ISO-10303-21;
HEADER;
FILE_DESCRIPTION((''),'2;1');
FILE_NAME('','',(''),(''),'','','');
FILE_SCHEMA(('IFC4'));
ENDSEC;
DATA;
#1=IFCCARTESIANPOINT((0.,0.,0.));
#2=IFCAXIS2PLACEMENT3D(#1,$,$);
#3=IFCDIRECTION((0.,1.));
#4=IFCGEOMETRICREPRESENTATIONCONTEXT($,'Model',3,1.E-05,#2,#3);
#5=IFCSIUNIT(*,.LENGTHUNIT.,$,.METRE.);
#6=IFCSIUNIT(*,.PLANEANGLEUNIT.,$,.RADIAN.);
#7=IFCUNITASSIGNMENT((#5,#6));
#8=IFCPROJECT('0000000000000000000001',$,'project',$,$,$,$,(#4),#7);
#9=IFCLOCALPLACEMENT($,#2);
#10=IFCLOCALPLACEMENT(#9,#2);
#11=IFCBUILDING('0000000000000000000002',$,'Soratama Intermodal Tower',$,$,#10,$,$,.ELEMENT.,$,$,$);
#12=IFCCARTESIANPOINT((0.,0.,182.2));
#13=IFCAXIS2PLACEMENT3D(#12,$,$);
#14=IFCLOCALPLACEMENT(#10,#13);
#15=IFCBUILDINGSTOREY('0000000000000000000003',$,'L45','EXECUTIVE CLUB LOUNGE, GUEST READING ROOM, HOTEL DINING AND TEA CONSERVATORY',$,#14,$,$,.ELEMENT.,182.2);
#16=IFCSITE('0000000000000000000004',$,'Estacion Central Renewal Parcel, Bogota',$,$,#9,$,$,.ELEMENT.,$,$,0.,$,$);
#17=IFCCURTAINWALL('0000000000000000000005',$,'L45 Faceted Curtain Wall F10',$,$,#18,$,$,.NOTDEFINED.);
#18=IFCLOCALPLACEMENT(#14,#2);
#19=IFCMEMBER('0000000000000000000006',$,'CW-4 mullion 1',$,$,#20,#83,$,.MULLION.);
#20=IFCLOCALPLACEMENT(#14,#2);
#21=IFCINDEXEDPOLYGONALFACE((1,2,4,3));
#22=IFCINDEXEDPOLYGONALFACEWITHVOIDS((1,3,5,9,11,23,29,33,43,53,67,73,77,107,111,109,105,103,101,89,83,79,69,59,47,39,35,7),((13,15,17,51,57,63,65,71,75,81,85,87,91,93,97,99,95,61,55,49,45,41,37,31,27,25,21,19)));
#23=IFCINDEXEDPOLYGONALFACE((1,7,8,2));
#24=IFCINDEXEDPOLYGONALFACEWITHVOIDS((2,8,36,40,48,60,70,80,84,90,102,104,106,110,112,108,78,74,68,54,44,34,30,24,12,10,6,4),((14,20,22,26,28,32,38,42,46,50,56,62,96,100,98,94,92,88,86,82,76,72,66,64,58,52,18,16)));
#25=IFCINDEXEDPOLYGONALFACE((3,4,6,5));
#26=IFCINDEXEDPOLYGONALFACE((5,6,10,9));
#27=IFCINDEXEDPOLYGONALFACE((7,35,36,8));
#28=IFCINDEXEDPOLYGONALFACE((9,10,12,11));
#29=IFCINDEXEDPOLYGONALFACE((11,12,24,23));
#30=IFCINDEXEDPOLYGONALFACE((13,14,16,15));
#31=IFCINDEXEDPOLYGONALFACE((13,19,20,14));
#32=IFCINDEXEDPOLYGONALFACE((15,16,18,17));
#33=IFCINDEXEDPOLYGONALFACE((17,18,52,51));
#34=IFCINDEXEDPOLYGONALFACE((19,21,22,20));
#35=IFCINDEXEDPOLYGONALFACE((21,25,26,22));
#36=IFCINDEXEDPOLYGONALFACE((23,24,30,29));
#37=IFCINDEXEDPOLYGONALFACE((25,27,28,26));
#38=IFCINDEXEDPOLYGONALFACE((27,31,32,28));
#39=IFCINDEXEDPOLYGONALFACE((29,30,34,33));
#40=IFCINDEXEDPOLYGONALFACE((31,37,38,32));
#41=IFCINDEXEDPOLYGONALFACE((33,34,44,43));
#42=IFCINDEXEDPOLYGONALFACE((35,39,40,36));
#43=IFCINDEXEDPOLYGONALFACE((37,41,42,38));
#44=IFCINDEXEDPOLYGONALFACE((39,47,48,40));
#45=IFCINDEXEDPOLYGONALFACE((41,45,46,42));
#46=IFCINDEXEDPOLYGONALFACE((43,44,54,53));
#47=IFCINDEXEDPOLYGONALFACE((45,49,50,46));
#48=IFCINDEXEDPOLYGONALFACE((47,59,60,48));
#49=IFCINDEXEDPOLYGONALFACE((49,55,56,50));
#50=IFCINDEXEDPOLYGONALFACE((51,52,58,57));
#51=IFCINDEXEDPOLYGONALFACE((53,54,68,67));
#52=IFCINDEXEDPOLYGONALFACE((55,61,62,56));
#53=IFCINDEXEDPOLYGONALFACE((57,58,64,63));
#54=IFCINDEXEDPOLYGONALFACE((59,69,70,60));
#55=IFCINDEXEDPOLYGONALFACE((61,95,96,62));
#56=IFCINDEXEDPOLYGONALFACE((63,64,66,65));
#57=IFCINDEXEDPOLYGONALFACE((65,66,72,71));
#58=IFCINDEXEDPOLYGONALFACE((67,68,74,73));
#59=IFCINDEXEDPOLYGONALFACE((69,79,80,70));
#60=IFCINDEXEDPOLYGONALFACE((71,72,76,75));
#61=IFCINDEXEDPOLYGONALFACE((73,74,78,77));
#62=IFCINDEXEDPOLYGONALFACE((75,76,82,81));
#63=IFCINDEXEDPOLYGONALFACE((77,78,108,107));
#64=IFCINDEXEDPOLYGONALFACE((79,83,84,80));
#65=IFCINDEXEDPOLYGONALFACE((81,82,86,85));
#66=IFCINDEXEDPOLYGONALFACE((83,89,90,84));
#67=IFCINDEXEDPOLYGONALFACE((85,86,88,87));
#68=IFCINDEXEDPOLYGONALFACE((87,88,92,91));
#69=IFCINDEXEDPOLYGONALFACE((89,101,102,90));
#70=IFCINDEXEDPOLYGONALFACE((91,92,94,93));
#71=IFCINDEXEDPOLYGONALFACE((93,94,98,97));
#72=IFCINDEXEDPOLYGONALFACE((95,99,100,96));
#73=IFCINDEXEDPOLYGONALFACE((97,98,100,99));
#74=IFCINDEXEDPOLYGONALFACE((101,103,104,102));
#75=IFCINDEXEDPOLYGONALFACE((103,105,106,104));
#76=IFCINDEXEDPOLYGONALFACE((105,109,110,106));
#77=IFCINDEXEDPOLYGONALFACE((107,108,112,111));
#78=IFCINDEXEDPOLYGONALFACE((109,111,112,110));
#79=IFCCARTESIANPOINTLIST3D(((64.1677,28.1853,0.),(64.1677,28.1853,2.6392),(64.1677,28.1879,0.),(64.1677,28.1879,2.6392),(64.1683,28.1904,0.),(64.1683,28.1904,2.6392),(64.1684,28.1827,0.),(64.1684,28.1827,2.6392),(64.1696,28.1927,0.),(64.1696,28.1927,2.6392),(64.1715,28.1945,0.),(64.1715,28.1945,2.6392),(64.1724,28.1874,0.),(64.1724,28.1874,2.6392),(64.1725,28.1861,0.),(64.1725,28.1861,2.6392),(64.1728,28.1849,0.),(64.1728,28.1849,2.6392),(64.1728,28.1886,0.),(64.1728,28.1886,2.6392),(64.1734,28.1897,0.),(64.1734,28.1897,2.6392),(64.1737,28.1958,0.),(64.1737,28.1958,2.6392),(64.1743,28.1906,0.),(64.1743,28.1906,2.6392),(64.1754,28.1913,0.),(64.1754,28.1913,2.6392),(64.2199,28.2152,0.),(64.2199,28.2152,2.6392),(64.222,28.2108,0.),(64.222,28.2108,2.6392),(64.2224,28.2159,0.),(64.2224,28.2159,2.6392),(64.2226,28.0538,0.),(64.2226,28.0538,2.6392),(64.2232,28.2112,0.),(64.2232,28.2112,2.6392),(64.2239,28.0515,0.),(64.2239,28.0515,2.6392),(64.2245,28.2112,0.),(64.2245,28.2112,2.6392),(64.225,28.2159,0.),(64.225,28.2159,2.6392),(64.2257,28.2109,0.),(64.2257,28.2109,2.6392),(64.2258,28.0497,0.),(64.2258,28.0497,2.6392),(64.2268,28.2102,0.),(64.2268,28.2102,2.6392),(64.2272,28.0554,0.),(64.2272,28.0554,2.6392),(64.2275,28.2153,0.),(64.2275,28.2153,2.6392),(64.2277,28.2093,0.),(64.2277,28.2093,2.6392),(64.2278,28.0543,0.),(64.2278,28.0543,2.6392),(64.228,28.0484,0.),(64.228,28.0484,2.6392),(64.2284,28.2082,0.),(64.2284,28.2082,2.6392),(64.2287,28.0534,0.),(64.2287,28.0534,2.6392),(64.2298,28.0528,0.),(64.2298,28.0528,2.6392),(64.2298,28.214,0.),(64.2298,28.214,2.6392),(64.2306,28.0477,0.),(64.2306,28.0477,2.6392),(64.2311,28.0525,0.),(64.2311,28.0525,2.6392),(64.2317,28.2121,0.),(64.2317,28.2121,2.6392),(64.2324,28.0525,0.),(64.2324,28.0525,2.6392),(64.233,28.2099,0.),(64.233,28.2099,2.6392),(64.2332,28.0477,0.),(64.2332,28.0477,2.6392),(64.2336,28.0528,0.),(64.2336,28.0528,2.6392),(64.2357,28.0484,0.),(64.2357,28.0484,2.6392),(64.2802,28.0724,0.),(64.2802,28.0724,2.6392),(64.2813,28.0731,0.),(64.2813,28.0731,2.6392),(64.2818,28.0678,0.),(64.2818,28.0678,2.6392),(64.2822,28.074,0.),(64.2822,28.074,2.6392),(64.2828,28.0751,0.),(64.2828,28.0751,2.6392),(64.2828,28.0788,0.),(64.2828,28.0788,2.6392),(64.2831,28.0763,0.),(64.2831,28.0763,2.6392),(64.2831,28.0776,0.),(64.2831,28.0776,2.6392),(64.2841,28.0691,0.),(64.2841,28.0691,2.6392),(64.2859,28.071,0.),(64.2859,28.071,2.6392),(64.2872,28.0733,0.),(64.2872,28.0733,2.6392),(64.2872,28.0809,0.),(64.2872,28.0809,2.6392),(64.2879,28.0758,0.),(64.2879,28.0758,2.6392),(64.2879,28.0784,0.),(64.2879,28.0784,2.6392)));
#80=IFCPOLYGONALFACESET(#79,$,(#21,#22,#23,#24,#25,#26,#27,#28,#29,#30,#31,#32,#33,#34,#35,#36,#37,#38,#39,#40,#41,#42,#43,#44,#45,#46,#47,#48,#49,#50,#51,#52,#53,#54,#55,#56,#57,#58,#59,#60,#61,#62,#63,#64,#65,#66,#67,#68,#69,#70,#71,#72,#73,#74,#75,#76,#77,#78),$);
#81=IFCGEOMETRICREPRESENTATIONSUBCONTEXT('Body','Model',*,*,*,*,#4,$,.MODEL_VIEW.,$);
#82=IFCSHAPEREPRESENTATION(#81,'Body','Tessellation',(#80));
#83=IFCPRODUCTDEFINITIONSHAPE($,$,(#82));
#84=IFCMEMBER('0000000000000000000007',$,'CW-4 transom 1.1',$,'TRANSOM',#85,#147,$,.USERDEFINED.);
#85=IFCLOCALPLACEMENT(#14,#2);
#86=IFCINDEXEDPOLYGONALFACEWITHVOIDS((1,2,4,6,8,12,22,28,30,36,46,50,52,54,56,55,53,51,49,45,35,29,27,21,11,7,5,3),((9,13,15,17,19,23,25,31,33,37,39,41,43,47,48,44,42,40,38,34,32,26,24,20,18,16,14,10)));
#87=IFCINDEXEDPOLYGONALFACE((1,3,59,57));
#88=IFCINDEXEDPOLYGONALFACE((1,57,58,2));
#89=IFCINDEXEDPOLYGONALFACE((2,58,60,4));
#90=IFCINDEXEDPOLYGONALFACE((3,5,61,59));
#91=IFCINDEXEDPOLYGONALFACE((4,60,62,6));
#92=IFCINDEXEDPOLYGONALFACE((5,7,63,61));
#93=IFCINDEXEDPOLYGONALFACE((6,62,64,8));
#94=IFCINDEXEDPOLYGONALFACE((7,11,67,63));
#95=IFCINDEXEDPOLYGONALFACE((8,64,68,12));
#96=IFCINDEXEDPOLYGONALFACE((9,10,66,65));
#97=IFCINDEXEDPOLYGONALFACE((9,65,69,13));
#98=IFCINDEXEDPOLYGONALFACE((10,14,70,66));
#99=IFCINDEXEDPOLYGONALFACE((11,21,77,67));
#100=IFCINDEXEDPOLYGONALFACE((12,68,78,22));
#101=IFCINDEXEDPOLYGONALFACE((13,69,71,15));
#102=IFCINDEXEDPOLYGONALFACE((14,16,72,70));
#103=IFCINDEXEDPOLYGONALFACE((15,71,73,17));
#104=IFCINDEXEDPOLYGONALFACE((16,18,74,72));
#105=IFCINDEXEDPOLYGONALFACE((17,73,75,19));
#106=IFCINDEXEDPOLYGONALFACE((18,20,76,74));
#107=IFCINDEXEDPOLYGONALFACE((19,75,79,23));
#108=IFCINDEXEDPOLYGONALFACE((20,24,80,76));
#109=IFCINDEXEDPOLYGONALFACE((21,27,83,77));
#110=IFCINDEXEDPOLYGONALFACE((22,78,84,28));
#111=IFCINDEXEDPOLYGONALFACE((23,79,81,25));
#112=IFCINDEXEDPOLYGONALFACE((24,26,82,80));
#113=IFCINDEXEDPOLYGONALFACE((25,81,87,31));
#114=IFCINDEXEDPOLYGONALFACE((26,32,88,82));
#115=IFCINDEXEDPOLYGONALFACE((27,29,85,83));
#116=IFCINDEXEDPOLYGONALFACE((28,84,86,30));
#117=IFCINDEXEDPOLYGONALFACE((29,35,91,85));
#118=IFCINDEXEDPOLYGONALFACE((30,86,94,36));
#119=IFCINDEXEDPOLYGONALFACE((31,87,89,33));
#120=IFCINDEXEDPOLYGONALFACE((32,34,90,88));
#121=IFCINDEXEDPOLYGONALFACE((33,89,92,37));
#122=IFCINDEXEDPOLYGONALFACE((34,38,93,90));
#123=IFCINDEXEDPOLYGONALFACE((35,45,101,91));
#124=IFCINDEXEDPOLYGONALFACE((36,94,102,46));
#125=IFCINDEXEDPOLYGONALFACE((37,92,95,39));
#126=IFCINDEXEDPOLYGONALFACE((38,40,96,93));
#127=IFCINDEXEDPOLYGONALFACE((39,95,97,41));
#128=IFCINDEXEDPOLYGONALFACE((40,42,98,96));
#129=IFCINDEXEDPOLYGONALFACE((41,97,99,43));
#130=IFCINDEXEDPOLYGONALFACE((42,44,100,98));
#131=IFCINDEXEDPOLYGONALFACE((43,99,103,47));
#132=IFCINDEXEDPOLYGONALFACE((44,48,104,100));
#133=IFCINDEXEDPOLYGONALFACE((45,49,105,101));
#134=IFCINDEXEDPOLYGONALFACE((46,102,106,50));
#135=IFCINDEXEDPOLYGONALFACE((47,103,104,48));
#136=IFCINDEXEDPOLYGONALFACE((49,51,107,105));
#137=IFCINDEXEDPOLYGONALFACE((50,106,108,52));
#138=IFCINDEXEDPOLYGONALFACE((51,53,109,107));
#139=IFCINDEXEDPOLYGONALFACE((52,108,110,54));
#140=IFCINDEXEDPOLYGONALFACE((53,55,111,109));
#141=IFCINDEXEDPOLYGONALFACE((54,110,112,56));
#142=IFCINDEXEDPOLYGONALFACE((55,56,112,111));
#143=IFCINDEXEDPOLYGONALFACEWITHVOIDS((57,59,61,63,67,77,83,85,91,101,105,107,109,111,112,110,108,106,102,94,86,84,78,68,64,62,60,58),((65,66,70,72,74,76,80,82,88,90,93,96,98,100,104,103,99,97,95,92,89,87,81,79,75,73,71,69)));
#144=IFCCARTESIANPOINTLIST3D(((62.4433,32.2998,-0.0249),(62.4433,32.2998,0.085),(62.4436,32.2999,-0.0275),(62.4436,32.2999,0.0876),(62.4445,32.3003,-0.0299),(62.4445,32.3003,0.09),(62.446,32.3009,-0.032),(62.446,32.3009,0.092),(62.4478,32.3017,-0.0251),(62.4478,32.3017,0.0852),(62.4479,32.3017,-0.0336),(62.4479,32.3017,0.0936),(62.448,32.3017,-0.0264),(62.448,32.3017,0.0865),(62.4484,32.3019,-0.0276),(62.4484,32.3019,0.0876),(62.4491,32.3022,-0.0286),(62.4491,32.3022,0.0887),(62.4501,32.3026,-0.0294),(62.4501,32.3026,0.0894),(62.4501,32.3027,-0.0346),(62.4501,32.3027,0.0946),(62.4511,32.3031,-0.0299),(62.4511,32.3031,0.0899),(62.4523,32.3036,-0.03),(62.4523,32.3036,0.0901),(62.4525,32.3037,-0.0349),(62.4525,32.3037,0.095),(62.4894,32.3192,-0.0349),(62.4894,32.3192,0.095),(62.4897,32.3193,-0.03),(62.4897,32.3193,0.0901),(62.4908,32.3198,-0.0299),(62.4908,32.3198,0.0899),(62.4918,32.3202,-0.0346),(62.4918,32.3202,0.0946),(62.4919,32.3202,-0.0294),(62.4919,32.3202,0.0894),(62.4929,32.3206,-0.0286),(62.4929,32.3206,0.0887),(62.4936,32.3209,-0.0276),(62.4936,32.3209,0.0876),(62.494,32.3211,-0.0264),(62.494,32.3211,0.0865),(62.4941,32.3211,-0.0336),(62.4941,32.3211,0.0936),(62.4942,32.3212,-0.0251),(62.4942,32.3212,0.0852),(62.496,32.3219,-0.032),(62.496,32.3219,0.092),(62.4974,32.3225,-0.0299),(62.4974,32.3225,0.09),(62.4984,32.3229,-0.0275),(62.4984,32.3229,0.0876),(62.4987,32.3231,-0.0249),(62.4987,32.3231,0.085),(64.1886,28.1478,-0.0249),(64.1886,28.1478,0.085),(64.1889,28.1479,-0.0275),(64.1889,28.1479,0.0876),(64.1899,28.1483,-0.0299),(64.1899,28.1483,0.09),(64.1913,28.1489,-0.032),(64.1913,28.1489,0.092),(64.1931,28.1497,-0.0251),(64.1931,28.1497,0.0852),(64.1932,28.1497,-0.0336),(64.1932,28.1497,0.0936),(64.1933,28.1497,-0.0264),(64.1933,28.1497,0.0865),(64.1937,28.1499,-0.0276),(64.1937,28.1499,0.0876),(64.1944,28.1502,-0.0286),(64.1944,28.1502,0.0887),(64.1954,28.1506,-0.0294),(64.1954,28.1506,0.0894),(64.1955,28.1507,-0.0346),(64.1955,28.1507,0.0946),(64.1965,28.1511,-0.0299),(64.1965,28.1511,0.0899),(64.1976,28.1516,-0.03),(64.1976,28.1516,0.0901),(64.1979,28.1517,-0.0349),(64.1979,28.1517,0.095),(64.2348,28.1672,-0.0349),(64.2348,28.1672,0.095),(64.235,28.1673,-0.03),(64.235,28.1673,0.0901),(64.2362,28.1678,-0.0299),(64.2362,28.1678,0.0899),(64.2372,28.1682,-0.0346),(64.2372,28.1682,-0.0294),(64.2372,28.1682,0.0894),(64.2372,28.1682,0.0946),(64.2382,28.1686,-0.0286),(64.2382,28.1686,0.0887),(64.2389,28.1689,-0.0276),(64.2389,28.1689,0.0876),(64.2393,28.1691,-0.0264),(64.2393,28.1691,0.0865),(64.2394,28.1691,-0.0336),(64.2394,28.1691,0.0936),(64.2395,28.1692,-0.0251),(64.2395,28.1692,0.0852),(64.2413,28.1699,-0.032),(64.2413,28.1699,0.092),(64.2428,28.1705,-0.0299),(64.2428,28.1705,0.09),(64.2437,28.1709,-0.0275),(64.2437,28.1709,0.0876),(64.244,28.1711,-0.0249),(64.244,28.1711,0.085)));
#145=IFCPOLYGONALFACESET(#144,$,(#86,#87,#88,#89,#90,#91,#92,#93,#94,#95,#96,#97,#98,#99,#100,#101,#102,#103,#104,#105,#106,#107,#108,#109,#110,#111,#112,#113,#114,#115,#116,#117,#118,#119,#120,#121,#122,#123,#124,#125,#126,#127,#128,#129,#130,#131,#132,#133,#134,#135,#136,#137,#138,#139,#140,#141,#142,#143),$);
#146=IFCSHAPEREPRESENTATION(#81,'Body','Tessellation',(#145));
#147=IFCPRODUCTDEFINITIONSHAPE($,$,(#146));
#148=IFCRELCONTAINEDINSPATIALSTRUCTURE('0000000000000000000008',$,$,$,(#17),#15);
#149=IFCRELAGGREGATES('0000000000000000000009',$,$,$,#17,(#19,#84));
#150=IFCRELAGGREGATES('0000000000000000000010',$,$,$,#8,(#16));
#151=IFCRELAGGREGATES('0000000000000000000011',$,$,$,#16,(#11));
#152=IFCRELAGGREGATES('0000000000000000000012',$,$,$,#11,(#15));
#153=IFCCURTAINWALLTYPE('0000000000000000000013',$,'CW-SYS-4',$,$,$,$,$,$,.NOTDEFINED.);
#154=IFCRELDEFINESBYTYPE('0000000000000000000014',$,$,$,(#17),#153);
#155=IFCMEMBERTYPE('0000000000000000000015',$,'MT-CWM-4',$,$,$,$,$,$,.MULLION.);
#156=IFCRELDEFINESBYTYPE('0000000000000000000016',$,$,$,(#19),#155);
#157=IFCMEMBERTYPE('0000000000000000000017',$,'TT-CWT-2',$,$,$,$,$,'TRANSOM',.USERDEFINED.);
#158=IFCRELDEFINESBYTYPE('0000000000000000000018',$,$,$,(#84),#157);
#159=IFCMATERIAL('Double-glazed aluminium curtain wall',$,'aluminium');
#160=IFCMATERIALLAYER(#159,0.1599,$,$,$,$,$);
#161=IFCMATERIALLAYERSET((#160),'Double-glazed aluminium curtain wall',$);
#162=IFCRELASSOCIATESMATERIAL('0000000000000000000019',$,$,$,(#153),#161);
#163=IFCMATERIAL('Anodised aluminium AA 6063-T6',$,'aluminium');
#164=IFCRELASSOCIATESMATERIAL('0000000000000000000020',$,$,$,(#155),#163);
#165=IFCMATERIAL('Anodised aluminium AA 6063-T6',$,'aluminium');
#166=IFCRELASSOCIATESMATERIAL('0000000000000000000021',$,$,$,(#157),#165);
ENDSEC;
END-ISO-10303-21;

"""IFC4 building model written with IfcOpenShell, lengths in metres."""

from ifc_helpers import new_model, si_unit, direction, frame, origin, origin_2d, place, context, subcontext, project, spatial, hollow_rectangle, extrude, material, layer, layer_set, material_profile, profile_set, type_object, element, aggregate, save


model = new_model("IFC4")

# Units and contexts
model_context = context("Model", 3, precision=1e-05, world=origin(), true_north=direction((0.0, 1.0)))
body_context = subcontext(model_context, "Body", "Model", "MODEL_VIEW")
ifc_project = project(units=[si_unit("LENGTHUNIT", "METRE"), si_unit("PLANEANGLEUNIT", "RADIAN")], contexts=[model_context])

# Site, building, storey
site_placement = place(None, origin())
site = spatial("IfcSite", under=ifc_project, at=site_placement, Name="Estacion Central Renewal Parcel, Bogota", CompositionType="ELEMENT", RefElevation=0.0)
building_placement = place(site_placement, origin())
building = spatial("IfcBuilding", under=site, at=building_placement, Name="Soratama Intermodal Tower", CompositionType="ELEMENT")
storey_placement = place(building_placement, frame((0.0, 0.0, 182.2)))
storey = spatial("IfcBuildingStorey", under=building, at=storey_placement, Name="L45", Description="EXECUTIVE CLUB LOUNGE, GUEST READING ROOM, HOTEL DINING AND TEA CONSERVATORY", CompositionType="ELEMENT", Elevation=182.2)

# Shared definitions
ifc_material_1 = material(Name="Double-glazed aluminium curtain wall", Category="aluminium")
ifc_layer_1 = layer(ifc_material_1, 0.1599)
ifc_layer_set_1 = layer_set([ifc_layer_1], Name="Double-glazed aluminium curtain wall")
curtain_wall_type = type_object("IfcCurtainWallType", Name="CW-SYS-4", PredefinedType="NOTDEFINED", material=ifc_layer_set_1)
ifc_material_2 = material(Name="Anodised aluminium AA 6063-T6", Category="aluminium")
ifc_material_profile_1 = material_profile(ifc_material_2, hollow_rectangle(XDim=0.0701, YDim=0.1599, WallThickness=0.0049, InnerFilletRadius=0.0049, OuterFilletRadius=0.01, at=origin_2d()), Name="CWM160X70X5")
ifc_profile_set_1 = profile_set([ifc_material_profile_1], Name="Anodised aluminium AA 6063-T6")
member_type_1 = type_object("IfcMemberType", Name="MT-CWM-4", PredefinedType="MULLION", material=ifc_profile_set_1)

# Curtain wall, members
curtain_wall_1_placement = place(storey_placement, origin())
curtain_wall_1 = element("IfcCurtainWall", 1, at=curtain_wall_1_placement, inside=storey, type_object=curtain_wall_type, Name="L45 Faceted Curtain Wall F10", PredefinedType="NOTDEFINED")
member_1_placement = place(storey_placement, frame((64.2278, 28.1318, 0.0), z_axis=(0.0, 0.0, 1.0), x_axis=(-0.921861, -0.387521, 0.0)))
member_1 = element("IfcMember", 2, at=member_1_placement, type_object=member_type_1, Name="CW-4 mullion 1", PredefinedType="MULLION", context=body_context, shape_type="SweptSolid", body=[
    extrude(hollow_rectangle(XDim=0.0701, YDim=0.1599, WallThickness=0.0049, InnerFilletRadius=0.0049, OuterFilletRadius=0.01, at=origin_2d()), origin(), (0.0, 0.0, 1.0), 2.6392),
])
ifc_material_3 = material(Name="Anodised aluminium AA 6063-T6", Category="aluminium")
ifc_material_profile_2 = material_profile(ifc_material_3, hollow_rectangle(XDim=0.0601, YDim=0.1299, WallThickness=0.0049, InnerFilletRadius=0.0049, OuterFilletRadius=0.01, at=origin_2d()), Name="CWT130X60X5")
ifc_profile_set_2 = profile_set([ifc_material_profile_2], Name="Anodised aluminium AA 6063-T6")
member_type_2 = type_object("IfcMemberType", Name="TT-CWT-2", ElementType="TRANSOM", PredefinedType="USERDEFINED", material=ifc_profile_set_2)
member_2_placement = place(storey_placement, frame((64.2163, 28.1594, 0.03), z_axis=(-0.387512, 0.921865, 0.0), x_axis=(-0.921865, -0.387512, 0.0)))
member_2 = element("IfcMember", 3, at=member_2_placement, type_object=member_type_2, Name="CW-4 transom 1.1", ObjectType="TRANSOM", PredefinedType="USERDEFINED", context=body_context, shape_type="SweptSolid", body=[
    extrude(hollow_rectangle(XDim=0.0601, YDim=0.1299, WallThickness=0.0049, InnerFilletRadius=0.0049, OuterFilletRadius=0.01, at=origin_2d()), origin(), (0.0, 0.0, 1.0), 4.5039),
])
aggregate(curtain_wall_1, [member_1, member_2])

save(model, "model.ifc")
